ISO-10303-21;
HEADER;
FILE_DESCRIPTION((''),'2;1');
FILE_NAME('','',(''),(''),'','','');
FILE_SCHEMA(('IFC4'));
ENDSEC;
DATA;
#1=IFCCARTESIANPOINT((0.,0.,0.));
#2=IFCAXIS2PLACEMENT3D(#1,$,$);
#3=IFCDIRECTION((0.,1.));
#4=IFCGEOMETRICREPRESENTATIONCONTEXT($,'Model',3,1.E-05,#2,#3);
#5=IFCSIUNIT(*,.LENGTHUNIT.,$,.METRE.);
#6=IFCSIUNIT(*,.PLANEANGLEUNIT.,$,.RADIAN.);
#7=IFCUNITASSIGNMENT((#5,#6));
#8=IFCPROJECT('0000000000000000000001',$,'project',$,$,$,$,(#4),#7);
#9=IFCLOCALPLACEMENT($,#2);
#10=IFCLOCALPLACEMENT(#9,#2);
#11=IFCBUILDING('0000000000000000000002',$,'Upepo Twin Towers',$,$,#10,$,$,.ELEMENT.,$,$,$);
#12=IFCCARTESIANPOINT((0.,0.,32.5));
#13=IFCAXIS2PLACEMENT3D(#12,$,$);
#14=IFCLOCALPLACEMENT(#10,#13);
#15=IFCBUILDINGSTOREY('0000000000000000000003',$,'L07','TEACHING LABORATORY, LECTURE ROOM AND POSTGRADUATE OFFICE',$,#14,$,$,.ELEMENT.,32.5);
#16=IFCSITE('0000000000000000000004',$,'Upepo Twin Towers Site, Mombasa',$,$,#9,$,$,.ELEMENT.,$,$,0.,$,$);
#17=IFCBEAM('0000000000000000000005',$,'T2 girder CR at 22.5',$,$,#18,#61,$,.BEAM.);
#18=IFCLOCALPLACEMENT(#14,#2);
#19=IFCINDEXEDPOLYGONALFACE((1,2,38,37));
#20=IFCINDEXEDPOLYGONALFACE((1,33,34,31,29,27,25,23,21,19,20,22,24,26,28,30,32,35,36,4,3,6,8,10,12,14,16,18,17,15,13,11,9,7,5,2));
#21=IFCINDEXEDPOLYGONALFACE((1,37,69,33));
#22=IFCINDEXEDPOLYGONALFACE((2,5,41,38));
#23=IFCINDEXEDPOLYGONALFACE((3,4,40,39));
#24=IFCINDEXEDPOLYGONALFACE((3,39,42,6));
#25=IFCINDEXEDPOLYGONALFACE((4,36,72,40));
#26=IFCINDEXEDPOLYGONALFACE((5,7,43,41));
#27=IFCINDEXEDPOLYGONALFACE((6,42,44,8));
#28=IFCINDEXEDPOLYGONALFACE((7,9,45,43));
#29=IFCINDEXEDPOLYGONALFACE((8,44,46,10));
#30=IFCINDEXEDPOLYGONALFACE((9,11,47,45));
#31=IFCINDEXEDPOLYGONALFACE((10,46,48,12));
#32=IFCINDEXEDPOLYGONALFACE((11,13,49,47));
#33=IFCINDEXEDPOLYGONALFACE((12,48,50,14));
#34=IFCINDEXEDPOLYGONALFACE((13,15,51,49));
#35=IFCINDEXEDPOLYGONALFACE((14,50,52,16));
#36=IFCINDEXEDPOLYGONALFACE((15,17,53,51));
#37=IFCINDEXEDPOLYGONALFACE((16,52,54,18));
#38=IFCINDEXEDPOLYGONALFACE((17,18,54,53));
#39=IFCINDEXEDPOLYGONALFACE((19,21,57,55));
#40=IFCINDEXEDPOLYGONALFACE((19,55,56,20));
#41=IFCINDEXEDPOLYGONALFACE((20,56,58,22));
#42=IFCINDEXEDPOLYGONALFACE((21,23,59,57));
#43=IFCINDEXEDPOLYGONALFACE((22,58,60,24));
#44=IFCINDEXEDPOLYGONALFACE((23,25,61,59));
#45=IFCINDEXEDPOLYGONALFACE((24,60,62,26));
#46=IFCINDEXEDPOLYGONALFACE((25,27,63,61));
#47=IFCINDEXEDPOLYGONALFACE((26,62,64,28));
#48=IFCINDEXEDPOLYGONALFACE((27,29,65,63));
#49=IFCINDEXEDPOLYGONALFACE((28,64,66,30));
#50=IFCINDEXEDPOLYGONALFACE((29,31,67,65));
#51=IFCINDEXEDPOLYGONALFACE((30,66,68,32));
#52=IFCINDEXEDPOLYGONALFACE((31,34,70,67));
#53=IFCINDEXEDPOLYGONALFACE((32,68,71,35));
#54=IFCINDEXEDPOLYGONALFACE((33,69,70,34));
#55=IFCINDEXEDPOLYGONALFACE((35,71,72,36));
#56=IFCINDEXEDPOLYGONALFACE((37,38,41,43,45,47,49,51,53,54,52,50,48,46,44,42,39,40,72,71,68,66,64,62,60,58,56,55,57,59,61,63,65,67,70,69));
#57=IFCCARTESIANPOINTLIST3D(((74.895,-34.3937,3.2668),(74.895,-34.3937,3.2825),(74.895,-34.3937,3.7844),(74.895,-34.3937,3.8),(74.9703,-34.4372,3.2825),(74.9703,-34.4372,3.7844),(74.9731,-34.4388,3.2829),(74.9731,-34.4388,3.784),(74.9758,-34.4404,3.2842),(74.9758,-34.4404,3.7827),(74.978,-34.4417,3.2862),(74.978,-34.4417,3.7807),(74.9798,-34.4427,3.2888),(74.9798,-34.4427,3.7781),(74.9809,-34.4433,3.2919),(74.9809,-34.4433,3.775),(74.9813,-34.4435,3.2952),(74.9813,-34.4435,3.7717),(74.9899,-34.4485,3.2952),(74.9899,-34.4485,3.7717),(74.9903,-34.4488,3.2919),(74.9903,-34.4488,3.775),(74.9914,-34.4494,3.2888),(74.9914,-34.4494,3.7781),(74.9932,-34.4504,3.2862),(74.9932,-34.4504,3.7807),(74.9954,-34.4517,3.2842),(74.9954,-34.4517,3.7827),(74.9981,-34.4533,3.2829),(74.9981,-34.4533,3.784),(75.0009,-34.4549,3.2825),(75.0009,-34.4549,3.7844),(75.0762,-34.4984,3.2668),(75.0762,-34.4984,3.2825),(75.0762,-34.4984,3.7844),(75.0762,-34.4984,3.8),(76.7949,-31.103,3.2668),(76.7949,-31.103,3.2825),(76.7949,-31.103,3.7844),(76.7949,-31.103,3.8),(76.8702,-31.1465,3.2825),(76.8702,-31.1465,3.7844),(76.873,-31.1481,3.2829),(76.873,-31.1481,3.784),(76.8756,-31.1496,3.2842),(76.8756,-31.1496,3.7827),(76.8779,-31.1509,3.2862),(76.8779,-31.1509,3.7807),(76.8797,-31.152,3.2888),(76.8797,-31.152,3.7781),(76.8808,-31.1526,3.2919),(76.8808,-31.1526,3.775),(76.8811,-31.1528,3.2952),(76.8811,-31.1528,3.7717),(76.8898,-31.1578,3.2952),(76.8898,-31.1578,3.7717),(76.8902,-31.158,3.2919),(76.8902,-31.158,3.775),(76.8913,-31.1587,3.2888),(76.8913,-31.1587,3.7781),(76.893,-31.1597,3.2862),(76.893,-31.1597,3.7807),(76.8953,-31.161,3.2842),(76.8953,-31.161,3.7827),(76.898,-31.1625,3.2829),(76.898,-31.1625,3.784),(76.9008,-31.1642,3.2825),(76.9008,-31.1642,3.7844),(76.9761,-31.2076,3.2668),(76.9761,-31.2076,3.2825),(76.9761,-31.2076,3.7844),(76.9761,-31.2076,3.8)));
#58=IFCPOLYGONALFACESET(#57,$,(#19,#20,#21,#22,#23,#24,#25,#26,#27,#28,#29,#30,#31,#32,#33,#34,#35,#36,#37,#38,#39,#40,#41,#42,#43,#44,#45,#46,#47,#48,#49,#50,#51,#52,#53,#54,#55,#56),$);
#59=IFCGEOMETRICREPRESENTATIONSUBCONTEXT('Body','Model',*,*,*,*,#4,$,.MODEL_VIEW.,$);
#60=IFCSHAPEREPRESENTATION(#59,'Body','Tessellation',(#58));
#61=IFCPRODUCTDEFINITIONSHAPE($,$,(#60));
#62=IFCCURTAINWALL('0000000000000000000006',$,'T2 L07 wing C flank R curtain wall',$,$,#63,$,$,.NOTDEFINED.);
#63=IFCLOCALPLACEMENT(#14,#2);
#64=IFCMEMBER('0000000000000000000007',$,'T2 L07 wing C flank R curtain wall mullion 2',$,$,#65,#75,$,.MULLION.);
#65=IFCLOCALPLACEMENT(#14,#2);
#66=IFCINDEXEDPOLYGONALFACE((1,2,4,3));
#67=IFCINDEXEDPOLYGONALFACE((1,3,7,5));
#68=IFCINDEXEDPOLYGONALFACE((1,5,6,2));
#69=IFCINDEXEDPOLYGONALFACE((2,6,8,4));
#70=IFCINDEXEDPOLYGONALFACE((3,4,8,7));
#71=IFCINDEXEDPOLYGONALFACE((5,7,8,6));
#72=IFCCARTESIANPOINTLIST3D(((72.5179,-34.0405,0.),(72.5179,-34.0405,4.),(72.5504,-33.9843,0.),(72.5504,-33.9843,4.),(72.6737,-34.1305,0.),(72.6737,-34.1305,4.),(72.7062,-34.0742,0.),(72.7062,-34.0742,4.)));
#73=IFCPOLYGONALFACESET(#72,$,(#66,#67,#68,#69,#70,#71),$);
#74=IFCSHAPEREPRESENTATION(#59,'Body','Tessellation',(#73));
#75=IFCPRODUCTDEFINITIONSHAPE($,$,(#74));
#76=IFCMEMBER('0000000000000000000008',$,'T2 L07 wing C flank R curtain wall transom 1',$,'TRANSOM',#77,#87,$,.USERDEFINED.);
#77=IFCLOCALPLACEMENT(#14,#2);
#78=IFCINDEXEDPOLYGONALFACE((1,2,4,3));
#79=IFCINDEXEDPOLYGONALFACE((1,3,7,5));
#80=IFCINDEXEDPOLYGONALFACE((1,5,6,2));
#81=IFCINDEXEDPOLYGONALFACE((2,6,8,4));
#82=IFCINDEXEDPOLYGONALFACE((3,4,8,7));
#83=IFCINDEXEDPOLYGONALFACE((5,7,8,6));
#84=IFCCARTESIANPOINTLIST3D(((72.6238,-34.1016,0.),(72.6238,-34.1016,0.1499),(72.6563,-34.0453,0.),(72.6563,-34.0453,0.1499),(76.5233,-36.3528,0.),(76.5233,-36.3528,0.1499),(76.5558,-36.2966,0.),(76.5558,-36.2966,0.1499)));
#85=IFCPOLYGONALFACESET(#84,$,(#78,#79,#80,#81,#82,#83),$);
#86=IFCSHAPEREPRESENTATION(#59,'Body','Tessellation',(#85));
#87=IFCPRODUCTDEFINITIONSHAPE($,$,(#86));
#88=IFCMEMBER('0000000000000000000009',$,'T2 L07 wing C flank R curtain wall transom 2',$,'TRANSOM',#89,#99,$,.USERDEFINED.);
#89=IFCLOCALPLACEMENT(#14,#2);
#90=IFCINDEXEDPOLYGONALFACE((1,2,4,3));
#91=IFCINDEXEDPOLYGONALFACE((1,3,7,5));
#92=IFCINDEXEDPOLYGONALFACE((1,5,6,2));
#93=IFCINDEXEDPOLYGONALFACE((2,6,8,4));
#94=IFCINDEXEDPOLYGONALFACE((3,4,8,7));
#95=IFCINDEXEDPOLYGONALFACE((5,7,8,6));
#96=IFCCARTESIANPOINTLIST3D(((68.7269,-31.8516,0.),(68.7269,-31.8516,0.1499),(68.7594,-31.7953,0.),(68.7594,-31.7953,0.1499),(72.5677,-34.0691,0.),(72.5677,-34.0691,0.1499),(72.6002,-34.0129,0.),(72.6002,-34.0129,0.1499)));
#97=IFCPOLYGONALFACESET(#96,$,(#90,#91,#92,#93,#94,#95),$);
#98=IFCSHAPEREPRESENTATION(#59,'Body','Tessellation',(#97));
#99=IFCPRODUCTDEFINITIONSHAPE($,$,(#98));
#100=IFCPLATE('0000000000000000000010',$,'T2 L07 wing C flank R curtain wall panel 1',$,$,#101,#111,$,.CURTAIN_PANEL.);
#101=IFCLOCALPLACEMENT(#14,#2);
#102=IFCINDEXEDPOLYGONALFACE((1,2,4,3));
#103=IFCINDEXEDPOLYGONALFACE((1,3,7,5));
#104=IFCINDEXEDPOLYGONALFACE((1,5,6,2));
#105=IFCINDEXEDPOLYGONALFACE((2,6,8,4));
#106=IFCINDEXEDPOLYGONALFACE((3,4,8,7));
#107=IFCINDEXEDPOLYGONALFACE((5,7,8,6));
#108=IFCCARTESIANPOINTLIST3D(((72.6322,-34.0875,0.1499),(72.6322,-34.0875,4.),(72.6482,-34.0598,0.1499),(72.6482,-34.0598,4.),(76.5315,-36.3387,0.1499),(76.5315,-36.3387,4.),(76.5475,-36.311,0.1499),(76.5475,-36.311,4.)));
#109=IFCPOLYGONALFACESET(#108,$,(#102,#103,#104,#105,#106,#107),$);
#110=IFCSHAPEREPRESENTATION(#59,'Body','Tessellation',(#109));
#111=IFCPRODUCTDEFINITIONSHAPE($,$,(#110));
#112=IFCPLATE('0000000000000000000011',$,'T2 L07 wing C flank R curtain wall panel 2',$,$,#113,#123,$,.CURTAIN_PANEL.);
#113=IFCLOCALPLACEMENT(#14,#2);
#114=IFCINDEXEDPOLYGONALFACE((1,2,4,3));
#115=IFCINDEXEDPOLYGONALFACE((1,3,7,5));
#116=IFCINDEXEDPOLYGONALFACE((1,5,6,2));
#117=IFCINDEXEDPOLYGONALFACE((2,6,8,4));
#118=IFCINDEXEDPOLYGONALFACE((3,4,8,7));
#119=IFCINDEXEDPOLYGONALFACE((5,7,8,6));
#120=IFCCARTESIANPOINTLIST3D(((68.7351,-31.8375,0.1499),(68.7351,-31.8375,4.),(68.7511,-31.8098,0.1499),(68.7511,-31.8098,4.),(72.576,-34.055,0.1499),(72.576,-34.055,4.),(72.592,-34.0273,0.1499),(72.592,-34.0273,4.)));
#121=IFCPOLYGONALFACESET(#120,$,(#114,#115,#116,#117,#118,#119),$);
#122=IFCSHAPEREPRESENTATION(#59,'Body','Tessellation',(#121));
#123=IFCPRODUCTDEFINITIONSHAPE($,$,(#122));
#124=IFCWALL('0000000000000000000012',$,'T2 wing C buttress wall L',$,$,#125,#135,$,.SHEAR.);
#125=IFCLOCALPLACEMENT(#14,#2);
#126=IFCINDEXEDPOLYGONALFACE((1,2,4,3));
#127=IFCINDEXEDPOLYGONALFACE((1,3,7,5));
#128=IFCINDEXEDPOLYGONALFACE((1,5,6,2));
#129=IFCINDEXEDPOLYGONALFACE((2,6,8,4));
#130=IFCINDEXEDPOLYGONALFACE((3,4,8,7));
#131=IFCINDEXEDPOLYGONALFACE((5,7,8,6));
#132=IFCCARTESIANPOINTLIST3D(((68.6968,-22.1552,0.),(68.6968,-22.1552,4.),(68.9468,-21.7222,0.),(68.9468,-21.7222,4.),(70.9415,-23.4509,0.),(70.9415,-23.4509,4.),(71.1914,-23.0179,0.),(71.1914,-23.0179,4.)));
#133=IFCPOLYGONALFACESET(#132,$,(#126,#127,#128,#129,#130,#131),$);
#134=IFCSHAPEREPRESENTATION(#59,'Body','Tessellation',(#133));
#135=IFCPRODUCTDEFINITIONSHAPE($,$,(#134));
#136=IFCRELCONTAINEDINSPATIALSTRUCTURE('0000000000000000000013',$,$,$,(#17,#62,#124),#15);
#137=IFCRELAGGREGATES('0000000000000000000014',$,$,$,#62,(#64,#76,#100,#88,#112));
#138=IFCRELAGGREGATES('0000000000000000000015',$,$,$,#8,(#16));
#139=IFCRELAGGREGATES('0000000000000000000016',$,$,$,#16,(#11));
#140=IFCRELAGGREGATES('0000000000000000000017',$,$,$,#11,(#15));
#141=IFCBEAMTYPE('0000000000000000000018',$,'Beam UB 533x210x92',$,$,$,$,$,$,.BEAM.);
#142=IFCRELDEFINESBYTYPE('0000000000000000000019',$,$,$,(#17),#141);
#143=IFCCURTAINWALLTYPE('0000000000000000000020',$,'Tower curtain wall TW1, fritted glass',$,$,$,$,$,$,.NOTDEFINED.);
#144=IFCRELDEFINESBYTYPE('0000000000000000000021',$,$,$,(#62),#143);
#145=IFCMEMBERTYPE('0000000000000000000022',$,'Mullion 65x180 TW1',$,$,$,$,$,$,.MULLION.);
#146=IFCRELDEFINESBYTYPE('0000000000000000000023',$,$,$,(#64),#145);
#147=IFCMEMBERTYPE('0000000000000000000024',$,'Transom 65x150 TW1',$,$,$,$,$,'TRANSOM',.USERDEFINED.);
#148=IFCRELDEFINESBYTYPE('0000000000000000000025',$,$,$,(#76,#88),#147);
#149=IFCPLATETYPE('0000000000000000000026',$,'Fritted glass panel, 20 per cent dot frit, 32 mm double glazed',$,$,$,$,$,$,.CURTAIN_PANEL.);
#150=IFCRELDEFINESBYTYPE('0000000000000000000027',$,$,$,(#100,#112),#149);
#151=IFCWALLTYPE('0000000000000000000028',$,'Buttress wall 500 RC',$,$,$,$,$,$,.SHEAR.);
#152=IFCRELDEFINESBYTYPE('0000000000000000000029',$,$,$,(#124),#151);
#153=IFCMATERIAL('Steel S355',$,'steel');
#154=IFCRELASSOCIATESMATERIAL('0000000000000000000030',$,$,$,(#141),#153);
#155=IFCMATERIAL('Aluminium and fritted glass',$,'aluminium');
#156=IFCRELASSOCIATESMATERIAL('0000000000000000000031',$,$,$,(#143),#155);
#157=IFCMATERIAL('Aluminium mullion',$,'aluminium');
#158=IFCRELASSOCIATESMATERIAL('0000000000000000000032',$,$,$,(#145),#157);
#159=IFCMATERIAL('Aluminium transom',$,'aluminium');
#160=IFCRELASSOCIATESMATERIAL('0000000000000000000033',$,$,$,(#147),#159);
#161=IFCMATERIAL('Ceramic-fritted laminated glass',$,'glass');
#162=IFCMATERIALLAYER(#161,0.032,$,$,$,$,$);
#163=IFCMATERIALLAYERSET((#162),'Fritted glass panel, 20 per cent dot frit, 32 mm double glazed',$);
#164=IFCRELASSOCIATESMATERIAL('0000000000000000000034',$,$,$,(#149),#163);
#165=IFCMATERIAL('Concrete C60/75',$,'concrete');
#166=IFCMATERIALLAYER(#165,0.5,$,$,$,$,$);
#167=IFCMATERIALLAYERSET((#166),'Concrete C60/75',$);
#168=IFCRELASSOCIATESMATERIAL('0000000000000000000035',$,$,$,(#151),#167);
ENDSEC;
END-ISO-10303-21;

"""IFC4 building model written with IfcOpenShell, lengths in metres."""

from ifc_helpers import new_model, si_unit, direction, frame, frame_2d, origin, origin_2d, place, context, subcontext, project, spatial, rectangle, i_section, extrude, material, layer, layer_set, material_profile, profile_set, type_object, element, aggregate, save


model = new_model("IFC4")

# Units and contexts
model_context = context("Model", 3, precision=1e-05, world=origin(), true_north=direction((0.0, 1.0)))
body_context = subcontext(model_context, "Body", "Model", "MODEL_VIEW")
ifc_project = project(units=[si_unit("LENGTHUNIT", "METRE"), si_unit("PLANEANGLEUNIT", "RADIAN")], contexts=[model_context])

# Site, building, storey
site_placement = place(None, origin())
site = spatial("IfcSite", under=ifc_project, at=site_placement, Name="Upepo Twin Towers Site, Mombasa", CompositionType="ELEMENT", RefElevation=0.0)
building_placement = place(site_placement, origin())
building = spatial("IfcBuilding", under=site, at=building_placement, Name="Upepo Twin Towers", CompositionType="ELEMENT")
storey_placement = place(building_placement, frame((0.0, 0.0, 32.5)))
storey = spatial("IfcBuildingStorey", under=building, at=storey_placement, Name="L07", Description="TEACHING LABORATORY, LECTURE ROOM AND POSTGRADUATE OFFICE", CompositionType="ELEMENT", Elevation=32.5)

# Beam
ifc_material_1 = material(Name="Steel S355", Category="steel")
ifc_material_profile_1 = material_profile(ifc_material_1, i_section(OverallWidth=0.2092, OverallDepth=0.5332, WebThickness=0.01, FlangeThickness=0.0156, FilletRadius=0.0127, at=origin_2d()), Name="UB 533x210x92")
ifc_profile_set_1 = profile_set([ifc_material_profile_1], Name="Steel S355")
beam_type_1 = type_object("IfcBeamType", Name="Beam UB 533x210x92", PredefinedType="BEAM", material=ifc_profile_set_1)
beam_1_placement = place(storey_placement, frame((74.9856, -34.446, 3.5334), z_axis=(0.499995, 0.866028, 0.0), x_axis=(-0.866028, 0.499995, 0.0)))
element("IfcBeam", 1, at=beam_1_placement, inside=storey, type_object=beam_type_1, Name="T2 girder CR at 22.5", PredefinedType="BEAM", context=body_context, shape_type="SweptSolid", body=[
    extrude(i_section(OverallWidth=0.2092, OverallDepth=0.5332, WebThickness=0.01, FlangeThickness=0.0156, FilletRadius=0.0127, at=origin_2d()), origin(), (0.0, 0.0, 1.0), 3.7998),
])

# Curtain wall, members, plates
ifc_material_2 = material(Name="Aluminium and fritted glass", Category="aluminium")
curtain_wall_type = type_object("IfcCurtainWallType", Name="Tower curtain wall TW1, fritted glass", PredefinedType="NOTDEFINED", material=ifc_material_2)
curtain_wall_placement = place(storey_placement, origin())
curtain_wall = element("IfcCurtainWall", 2, at=curtain_wall_placement, inside=storey, type_object=curtain_wall_type, Name="T2 L07 wing C flank R curtain wall", PredefinedType="NOTDEFINED")
ifc_material_3 = material(Name="Aluminium mullion", Category="aluminium")
ifc_material_profile_2 = material_profile(ifc_material_3, rectangle(XDim=0.0649, YDim=0.1799, at=origin_2d()), Name="MULLION 65x180")
ifc_profile_set_2 = profile_set([ifc_material_profile_2], Name="Aluminium mullion")
member_type_1 = type_object("IfcMemberType", Name="Mullion 65x180 TW1", PredefinedType="MULLION", material=ifc_profile_set_2)
member_1_placement = place(storey_placement, frame((72.6121, -34.0574, 0.0), z_axis=(0.0, 0.0, 1.0), x_axis=(-0.5, -0.866025, 0.0)))
member_1 = element("IfcMember", 3, at=member_1_placement, type_object=member_type_1, Name="T2 L07 wing C flank R curtain wall mullion 2", PredefinedType="MULLION", context=body_context, shape_type="SweptSolid", body=[
    extrude(rectangle(XDim=0.0649, YDim=0.1799, at=origin_2d()), origin(), (0.0, 0.0, 1.0), 4.0),
])
ifc_material_4 = material(Name="Aluminium transom", Category="aluminium")
ifc_material_profile_3 = material_profile(ifc_material_4, rectangle(XDim=0.0649, YDim=0.1499, at=origin_2d()), Name="TRANSOM 65x150")
ifc_profile_set_3 = profile_set([ifc_material_profile_3], Name="Aluminium transom")
member_type_2 = type_object("IfcMemberType", Name="Transom 65x150 TW1", ElementType="TRANSOM", PredefinedType="USERDEFINED", material=ifc_profile_set_3)
member_2_placement = place(storey_placement, frame((76.5396, -36.3247, 0.075), z_axis=(-0.866036, 0.499982, 0.0), x_axis=(-0.499982, -0.866036, 0.0)))
member_2 = element("IfcMember", 4, at=member_2_placement, type_object=member_type_2, Name="T2 L07 wing C flank R curtain wall transom 1", ObjectType="TRANSOM", PredefinedType="USERDEFINED", context=body_context, shape_type="SweptSolid", body=[
    extrude(rectangle(XDim=0.0649, YDim=0.1499, at=origin_2d()), origin(), (0.0, 0.0, 1.0), 4.5027),
])
member_3_placement = place(storey_placement, frame((72.584, -34.041, 0.075), z_axis=(-0.866022, 0.500005, 0.0), x_axis=(-0.500005, -0.866022, 0.0)))
member_3 = element("IfcMember", 5, at=member_3_placement, type_object=member_type_2, Name="T2 L07 wing C flank R curtain wall transom 2", ObjectType="TRANSOM", PredefinedType="USERDEFINED", context=body_context, shape_type="SweptSolid", body=[
    extrude(rectangle(XDim=0.0649, YDim=0.1499, at=origin_2d()), origin(), (0.0, 0.0, 1.0), 4.4351),
])
ifc_material_5 = material(Name="Ceramic-fritted laminated glass", Category="glass")
ifc_layer_1 = layer(ifc_material_5, 0.032)
ifc_layer_set_1 = layer_set([ifc_layer_1], Name="Fritted glass panel, 20 per cent dot frit, 32 mm double glazed")
plate_type = type_object("IfcPlateType", Name="Fritted glass panel, 20 per cent dot frit, 32 mm double glazed", PredefinedType="CURTAIN_PANEL", material=ifc_layer_set_1)
plate_1_placement = place(storey_placement, frame((74.5898, -35.1992, 0.1499), z_axis=(0.0, 0.0, 1.0), x_axis=(-0.866025, 0.5, 0.0)))
plate_1 = element("IfcPlate", 6, at=plate_1_placement, type_object=plate_type, Name="T2 L07 wing C flank R curtain wall panel 1", PredefinedType="CURTAIN_PANEL", context=body_context, shape_type="SweptSolid", body=[
    extrude(rectangle(XDim=4.5024, YDim=0.032, at=origin_2d()), origin(), (0.0, 0.0, 1.0), 3.8501),
])
plate_2_placement = place(storey_placement, frame((70.6636, -32.9324, 0.1499), z_axis=(0.0, 0.0, 1.0), x_axis=(-0.866025, 0.5, 0.0)))
plate_2 = element("IfcPlate", 7, at=plate_2_placement, type_object=plate_type, Name="T2 L07 wing C flank R curtain wall panel 2", PredefinedType="CURTAIN_PANEL", context=body_context, shape_type="SweptSolid", body=[
    extrude(rectangle(XDim=4.4351, YDim=0.032, at=origin_2d()), origin(), (0.0, 0.0, 1.0), 3.8501),
])
aggregate(curtain_wall, [member_1, member_2, plate_1, member_3, plate_2])

# Wall
ifc_material_6 = material(Name="Concrete C60/75", Category="concrete")
ifc_layer_2 = layer(ifc_material_6, 0.5)
ifc_layer_set_2 = layer_set([ifc_layer_2], Name="Concrete C60/75")
wall_type_1 = type_object("IfcWallType", Name="Buttress wall 500 RC", PredefinedType="SHEAR", material=ifc_layer_set_2)
wall_1_placement = place(storey_placement, frame((68.8218, -21.9387, 0.0), z_axis=(0.0, 0.0, 1.0), x_axis=(0.866073, -0.499918, 0.0)))
element("IfcWall", 8, at=wall_1_placement, inside=storey, type_object=wall_type_1, Name="T2 wing C buttress wall L", PredefinedType="SHEAR", context=body_context, shape_type="SweptSolid", body=[
    extrude(rectangle(XDim=2.5918, YDim=0.5, at=frame_2d((1.2959, 0.0))), origin(), (0.0, 0.0, 1.0), 4.0),
])

save(model, "model.ifc")
